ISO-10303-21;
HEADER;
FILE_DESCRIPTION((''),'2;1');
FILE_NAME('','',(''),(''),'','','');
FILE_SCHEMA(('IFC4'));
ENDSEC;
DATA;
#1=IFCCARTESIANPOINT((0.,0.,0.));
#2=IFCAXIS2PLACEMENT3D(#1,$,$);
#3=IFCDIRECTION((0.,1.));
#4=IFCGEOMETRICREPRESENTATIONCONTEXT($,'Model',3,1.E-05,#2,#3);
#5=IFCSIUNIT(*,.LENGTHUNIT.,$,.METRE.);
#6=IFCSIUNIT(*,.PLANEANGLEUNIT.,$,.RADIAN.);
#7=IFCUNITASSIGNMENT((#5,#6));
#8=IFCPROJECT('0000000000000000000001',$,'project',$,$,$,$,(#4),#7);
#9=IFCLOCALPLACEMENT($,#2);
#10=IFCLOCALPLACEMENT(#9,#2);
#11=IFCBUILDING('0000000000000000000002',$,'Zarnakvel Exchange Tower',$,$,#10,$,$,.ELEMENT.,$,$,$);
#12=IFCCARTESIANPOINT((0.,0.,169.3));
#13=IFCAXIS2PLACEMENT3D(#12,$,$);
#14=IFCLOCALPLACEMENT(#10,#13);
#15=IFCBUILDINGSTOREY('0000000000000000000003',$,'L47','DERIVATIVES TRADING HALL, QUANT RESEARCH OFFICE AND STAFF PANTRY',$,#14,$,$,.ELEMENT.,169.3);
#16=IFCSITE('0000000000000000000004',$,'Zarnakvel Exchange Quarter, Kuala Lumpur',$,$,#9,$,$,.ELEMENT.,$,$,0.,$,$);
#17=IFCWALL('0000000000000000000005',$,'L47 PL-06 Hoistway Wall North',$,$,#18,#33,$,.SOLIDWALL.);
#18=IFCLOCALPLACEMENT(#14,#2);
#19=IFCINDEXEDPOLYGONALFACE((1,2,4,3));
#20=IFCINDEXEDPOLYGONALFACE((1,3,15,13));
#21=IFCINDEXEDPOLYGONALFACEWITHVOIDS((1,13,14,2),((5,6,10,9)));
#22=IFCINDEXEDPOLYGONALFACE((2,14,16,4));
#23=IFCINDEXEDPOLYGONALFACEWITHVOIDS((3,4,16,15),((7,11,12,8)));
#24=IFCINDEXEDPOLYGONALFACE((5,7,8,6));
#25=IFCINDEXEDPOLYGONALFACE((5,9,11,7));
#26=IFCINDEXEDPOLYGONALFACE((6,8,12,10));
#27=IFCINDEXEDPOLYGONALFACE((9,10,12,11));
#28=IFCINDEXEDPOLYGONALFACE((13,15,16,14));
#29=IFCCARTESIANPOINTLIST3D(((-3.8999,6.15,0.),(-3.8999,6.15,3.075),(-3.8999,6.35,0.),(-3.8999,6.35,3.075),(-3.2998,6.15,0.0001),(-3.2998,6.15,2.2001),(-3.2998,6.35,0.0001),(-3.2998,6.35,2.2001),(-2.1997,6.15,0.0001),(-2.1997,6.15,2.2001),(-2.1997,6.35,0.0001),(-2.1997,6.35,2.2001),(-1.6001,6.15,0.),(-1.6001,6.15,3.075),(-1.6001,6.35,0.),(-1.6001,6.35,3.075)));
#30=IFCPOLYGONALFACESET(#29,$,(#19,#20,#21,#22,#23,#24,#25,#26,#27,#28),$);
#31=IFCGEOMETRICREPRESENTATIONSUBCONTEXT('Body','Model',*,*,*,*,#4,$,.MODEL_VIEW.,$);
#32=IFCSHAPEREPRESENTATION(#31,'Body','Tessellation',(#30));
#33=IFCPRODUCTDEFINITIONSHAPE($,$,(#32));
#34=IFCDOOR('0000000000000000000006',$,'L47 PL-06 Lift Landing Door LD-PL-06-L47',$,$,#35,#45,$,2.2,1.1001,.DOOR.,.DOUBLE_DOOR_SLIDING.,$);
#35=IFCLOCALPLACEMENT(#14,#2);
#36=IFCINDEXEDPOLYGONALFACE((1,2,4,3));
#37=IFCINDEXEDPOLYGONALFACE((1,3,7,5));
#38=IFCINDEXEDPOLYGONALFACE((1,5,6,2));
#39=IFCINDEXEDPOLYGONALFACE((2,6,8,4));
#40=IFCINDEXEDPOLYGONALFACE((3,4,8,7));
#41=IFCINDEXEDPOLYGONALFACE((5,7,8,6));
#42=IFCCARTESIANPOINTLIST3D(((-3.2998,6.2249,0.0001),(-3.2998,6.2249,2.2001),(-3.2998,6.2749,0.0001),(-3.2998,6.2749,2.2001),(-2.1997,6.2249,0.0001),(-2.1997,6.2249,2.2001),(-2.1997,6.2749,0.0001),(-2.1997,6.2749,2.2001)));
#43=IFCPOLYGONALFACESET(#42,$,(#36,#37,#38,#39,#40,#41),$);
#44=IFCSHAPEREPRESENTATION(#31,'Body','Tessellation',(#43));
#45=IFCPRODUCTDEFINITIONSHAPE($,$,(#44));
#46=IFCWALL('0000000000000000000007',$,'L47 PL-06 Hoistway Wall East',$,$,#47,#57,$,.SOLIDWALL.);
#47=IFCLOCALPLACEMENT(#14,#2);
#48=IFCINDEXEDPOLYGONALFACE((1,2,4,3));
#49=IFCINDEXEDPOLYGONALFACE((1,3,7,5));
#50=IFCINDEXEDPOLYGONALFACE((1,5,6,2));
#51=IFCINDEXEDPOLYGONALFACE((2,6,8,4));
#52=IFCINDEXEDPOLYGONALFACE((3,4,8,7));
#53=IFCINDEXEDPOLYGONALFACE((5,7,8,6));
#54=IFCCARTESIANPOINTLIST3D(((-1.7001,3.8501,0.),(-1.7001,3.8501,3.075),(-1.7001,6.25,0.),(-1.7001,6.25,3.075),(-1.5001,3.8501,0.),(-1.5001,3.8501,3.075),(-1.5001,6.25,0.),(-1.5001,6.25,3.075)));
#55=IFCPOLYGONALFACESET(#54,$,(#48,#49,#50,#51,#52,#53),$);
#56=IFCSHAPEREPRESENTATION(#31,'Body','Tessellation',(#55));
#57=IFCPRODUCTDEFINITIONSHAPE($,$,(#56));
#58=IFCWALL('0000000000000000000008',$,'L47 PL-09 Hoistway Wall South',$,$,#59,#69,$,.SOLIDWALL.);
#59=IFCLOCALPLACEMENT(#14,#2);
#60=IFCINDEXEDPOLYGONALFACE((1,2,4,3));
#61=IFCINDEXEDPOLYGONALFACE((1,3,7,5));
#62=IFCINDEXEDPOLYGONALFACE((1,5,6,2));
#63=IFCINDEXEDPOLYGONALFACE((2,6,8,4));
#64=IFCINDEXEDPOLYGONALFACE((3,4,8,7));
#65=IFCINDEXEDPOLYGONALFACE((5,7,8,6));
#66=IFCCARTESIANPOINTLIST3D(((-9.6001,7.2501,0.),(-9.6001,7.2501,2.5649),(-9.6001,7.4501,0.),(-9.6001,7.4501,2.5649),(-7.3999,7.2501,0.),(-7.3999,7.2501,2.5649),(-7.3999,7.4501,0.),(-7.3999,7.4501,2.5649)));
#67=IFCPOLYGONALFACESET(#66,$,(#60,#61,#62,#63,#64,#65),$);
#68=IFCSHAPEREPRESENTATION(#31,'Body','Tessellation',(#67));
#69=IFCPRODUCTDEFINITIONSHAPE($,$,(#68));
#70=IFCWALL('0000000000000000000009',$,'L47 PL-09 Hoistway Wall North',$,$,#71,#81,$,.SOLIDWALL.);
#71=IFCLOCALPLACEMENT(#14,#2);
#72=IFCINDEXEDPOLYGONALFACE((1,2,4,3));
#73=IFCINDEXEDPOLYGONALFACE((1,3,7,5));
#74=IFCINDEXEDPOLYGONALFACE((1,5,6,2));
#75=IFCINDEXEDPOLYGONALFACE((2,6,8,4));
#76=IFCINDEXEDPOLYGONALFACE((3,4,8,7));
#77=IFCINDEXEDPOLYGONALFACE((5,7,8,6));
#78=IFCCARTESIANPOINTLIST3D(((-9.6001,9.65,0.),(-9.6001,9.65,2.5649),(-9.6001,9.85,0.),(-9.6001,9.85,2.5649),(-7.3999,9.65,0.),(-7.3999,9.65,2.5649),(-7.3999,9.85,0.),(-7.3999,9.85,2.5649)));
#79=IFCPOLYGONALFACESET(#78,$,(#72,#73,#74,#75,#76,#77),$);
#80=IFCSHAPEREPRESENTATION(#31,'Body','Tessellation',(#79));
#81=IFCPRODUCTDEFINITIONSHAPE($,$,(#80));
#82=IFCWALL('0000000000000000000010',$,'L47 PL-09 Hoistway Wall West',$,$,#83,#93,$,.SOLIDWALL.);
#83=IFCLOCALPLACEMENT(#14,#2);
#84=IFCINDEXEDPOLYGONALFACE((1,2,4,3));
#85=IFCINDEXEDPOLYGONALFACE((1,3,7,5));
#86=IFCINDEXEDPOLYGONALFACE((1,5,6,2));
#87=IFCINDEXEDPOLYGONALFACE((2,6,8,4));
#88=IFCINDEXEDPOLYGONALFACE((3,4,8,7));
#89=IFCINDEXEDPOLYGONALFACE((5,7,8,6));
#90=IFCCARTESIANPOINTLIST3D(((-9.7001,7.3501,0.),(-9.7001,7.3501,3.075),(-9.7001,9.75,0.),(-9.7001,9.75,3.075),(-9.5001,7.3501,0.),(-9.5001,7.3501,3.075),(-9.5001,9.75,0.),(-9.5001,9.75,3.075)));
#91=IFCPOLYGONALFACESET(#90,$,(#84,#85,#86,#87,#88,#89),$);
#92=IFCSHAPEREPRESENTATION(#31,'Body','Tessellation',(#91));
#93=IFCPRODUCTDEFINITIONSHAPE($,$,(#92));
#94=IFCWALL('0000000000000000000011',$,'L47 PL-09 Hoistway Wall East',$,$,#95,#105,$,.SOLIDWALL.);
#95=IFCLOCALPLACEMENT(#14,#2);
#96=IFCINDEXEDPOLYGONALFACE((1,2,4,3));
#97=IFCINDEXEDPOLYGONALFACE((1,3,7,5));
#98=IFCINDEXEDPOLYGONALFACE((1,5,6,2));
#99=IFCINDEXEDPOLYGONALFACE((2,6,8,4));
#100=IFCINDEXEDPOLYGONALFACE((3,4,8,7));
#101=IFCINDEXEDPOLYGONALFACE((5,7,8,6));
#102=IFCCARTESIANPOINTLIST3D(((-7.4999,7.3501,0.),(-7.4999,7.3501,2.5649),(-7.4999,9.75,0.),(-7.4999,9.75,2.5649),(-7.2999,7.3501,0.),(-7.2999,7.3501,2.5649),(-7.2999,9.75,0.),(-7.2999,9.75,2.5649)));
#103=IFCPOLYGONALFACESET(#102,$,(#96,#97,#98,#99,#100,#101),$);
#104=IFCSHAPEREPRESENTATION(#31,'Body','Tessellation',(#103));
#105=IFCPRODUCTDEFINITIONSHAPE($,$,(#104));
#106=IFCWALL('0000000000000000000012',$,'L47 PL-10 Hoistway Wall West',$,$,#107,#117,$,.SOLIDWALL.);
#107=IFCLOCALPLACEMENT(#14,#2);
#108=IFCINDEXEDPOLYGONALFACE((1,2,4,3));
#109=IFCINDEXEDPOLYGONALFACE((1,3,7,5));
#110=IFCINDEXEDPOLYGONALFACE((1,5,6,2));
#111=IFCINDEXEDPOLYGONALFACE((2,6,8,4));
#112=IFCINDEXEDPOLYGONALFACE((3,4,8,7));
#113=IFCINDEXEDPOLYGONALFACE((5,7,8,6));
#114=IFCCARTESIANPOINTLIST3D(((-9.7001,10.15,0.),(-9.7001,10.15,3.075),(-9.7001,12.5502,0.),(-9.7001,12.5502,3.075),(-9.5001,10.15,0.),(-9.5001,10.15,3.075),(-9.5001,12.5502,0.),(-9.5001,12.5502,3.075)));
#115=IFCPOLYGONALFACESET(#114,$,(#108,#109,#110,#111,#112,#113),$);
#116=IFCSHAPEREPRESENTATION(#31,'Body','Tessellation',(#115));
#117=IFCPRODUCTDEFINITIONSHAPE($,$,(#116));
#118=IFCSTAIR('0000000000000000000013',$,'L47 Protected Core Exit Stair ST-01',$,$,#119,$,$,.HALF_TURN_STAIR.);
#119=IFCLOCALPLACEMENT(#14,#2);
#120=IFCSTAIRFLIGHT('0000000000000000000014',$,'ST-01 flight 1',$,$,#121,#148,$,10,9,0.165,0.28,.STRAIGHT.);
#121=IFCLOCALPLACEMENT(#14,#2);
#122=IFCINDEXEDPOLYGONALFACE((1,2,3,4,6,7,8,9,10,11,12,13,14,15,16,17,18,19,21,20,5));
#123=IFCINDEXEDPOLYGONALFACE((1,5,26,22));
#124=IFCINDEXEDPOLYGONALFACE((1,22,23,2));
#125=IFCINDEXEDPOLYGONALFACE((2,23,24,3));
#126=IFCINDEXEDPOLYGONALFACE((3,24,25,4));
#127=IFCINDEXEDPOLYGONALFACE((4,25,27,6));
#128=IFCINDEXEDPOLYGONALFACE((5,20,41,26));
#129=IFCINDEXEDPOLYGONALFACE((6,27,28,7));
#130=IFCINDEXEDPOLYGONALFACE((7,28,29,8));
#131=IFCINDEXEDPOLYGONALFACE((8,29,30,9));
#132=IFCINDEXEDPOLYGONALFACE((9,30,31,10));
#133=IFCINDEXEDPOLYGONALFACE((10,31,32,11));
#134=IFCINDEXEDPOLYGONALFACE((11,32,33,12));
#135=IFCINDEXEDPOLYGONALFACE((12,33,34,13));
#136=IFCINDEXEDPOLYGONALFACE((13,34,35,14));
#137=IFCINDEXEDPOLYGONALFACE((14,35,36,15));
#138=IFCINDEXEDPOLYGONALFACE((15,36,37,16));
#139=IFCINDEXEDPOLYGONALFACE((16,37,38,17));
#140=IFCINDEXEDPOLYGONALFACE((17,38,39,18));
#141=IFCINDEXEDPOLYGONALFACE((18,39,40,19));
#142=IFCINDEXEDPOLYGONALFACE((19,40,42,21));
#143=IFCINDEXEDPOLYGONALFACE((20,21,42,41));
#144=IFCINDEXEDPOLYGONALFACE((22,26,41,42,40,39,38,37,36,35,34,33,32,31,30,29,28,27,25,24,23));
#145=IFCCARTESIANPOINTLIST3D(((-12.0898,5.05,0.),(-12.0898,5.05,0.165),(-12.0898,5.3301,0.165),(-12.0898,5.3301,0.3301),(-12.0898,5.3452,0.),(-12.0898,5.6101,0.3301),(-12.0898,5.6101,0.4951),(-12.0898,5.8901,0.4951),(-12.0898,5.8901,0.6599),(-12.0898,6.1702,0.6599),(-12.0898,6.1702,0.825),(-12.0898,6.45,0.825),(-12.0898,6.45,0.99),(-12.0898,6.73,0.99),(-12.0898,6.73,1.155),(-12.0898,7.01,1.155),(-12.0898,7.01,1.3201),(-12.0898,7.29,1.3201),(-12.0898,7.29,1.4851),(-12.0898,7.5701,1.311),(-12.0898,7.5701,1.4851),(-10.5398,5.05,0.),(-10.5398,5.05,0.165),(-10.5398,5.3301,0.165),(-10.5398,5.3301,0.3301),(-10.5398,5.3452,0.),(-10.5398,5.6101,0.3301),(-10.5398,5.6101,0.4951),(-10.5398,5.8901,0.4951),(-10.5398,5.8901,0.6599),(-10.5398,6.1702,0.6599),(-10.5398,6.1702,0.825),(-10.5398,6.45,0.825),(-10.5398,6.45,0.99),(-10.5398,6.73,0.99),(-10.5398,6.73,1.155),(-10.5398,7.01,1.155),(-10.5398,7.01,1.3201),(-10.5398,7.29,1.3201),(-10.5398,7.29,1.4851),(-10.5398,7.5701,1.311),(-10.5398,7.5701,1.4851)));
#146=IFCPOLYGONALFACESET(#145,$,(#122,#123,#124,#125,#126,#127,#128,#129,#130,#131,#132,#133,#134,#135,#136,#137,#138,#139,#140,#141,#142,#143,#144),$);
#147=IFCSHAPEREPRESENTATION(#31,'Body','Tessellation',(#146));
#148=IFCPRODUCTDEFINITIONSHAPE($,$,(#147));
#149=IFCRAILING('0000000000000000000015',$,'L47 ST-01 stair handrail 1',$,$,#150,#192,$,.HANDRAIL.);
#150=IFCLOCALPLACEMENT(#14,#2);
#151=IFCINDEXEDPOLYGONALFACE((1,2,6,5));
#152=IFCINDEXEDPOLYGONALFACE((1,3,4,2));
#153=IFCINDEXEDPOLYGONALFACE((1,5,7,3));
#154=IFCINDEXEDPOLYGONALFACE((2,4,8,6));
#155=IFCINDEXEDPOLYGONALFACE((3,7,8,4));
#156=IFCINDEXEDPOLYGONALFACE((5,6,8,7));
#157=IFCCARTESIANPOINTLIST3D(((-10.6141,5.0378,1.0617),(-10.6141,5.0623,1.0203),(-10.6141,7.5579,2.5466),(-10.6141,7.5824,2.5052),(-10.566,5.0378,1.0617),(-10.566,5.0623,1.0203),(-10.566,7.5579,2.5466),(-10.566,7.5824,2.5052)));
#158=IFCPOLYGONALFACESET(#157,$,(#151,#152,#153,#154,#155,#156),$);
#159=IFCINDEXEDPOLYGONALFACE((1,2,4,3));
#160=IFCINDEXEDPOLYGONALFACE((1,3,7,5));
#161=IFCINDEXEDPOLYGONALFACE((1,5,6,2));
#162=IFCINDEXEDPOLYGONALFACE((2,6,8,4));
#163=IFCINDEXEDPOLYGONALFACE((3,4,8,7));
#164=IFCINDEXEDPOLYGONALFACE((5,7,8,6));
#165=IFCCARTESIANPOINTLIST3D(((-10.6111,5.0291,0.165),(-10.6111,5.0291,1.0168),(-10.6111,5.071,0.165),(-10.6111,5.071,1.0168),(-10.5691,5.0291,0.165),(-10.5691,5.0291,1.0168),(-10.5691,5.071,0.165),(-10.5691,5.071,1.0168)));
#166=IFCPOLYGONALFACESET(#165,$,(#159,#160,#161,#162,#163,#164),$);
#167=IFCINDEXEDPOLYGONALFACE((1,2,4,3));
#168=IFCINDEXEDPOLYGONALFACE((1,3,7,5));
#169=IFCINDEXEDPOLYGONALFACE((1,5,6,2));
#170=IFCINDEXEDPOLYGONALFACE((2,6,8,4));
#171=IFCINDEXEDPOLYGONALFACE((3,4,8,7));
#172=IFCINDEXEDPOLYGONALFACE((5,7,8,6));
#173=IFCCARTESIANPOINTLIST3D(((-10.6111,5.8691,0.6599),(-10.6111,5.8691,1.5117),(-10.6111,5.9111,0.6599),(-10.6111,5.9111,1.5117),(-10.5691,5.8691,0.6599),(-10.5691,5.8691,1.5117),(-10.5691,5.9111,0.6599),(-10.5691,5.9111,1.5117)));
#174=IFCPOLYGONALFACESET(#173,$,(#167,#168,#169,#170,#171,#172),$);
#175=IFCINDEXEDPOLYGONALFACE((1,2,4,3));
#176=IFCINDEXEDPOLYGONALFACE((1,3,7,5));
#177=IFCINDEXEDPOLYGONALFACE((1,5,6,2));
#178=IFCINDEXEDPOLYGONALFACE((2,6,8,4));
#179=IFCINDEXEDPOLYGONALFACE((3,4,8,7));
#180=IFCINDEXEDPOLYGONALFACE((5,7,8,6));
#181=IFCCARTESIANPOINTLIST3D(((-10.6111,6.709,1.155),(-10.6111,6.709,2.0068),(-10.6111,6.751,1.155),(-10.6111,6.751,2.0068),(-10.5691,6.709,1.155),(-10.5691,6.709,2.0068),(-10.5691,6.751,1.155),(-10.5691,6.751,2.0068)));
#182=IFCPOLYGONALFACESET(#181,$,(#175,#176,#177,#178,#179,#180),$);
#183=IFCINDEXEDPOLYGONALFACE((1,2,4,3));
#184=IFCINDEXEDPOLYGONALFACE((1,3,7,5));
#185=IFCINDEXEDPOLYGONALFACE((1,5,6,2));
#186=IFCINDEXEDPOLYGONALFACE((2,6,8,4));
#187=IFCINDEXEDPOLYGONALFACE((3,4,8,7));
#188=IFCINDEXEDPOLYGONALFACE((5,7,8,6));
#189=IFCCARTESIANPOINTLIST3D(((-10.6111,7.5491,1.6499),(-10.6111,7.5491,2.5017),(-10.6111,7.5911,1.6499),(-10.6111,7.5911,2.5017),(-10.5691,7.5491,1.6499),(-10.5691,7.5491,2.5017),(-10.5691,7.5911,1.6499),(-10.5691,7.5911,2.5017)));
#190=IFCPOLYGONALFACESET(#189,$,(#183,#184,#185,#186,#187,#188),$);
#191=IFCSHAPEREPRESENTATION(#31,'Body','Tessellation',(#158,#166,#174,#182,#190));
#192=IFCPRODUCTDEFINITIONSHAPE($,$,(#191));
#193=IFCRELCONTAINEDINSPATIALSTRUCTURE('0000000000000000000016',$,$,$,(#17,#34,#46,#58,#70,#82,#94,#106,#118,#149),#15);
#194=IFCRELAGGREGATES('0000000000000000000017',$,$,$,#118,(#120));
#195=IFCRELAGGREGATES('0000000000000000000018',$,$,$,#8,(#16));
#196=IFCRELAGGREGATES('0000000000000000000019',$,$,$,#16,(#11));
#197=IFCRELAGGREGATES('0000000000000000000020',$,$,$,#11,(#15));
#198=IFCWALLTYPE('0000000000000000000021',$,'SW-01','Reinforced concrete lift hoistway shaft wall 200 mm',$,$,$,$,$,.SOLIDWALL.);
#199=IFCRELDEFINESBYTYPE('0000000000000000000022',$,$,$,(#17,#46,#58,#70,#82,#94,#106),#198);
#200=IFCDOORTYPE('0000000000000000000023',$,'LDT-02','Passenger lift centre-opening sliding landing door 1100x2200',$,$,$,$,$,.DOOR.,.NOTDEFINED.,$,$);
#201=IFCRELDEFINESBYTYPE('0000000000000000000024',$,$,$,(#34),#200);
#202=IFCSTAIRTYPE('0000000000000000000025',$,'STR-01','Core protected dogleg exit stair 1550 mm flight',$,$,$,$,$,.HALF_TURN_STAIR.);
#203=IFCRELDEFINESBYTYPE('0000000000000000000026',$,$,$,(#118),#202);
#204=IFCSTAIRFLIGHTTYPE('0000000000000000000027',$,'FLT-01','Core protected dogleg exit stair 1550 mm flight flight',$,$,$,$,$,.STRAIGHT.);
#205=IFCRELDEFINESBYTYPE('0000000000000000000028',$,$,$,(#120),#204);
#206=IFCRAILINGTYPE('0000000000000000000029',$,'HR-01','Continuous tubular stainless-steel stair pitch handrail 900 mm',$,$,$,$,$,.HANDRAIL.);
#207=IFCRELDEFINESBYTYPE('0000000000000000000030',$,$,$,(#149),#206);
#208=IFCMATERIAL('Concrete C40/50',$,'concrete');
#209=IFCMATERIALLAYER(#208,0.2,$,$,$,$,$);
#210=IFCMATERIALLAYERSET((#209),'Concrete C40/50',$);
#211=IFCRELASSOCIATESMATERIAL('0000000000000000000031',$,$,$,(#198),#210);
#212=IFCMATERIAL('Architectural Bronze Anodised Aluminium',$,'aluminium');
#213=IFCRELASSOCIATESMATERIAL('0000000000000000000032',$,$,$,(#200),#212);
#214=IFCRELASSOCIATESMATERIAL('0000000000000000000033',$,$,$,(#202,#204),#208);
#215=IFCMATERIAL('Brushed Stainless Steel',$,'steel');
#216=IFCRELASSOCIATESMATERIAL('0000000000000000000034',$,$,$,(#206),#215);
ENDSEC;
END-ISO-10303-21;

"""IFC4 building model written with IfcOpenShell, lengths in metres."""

from ifc_helpers import new_model, si_unit, direction, frame, frame_2d, origin, origin_2d, place, context, subcontext, project, spatial, polyline, rectangle, outline, extrude, source, transform, mapped, material, layer, layer_set, type_object, element, fill, aggregate, save


model = new_model("IFC4")

# Units and contexts
model_context = context("Model", 3, precision=1e-05, world=origin(), true_north=direction((0.0, 1.0)))
body_context = subcontext(model_context, "Body", "Model", "MODEL_VIEW")
ifc_project = project(units=[si_unit("LENGTHUNIT", "METRE"), si_unit("PLANEANGLEUNIT", "RADIAN")], contexts=[model_context])

# Site, building, storey
site_placement = place(None, origin())
site = spatial("IfcSite", under=ifc_project, at=site_placement, Name="Zarnakvel Exchange Quarter, Kuala Lumpur", CompositionType="ELEMENT", RefElevation=0.0)
building_placement = place(site_placement, origin())
building = spatial("IfcBuilding", under=site, at=building_placement, Name="Zarnakvel Exchange Tower", CompositionType="ELEMENT")
storey_placement = place(building_placement, frame((0.0, 0.0, 169.3)))
storey = spatial("IfcBuildingStorey", under=building, at=storey_placement, Name="L47", Description="DERIVATIVES TRADING HALL, QUANT RESEARCH OFFICE AND STAFF PANTRY", CompositionType="ELEMENT", Elevation=169.3)

# Shared definitions
ifc_material_1 = material(Name="Concrete C40/50", Category="concrete")
ifc_layer_1 = layer(ifc_material_1, 0.2)
ifc_layer_set_1 = layer_set([ifc_layer_1], Name="Concrete C40/50")
wall_type_1 = type_object("IfcWallType", Name="SW-01", Description="Reinforced concrete lift hoistway shaft wall 200 mm", PredefinedType="SOLIDWALL", material=ifc_layer_set_1)
ifc_material_2 = material(Name="Brushed Stainless Steel", Category="steel")
shared_shape = source(origin(), body_context, "Body", "SweptSolid", [
    extrude(rectangle(XDim=1.1001, YDim=2.2, at=frame_2d((0.55, 1.1001))), frame((0.0, 0.0249, 0.0), z_axis=(0.0, -1.0, 0.0), x_axis=(1.0, 0.0, 0.0)), (0.0, 0.0, 1.0), 0.05),
])

# Shared definitions
ifc_material_3 = material(Name="Architectural Bronze Anodised Aluminium", Category="aluminium")
door_type_1 = type_object("IfcDoorType", Name="LDT-02", Description="Passenger lift centre-opening sliding landing door 1100x2200", OperationType="NOTDEFINED", PredefinedType="DOOR", material=ifc_material_3)

# Wall, opening, door
wall_1_placement = place(storey_placement, frame((-3.8999, 6.25, 0.0), z_axis=(0.0, 0.0, 1.0), x_axis=(1.0, 0.0, 0.0)))
wall_1 = element("IfcWall", 1, at=wall_1_placement, inside=storey, type_object=wall_type_1, Name="L47 PL-06 Hoistway Wall North", PredefinedType="SOLIDWALL", context=body_context, shape_type="SweptSolid", body=[
    extrude(rectangle(XDim=2.2998, YDim=0.2, at=frame_2d((1.1499, 0.0))), origin(), (0.0, 0.0, 1.0), 3.075),
])
opening_1_placement = place(wall_1_placement, frame((0.6001, 0.0, 0.0)))
opening_1 = element("IfcOpeningElement", 2, at=opening_1_placement, cuts=wall_1, PredefinedType="OPENING", context=body_context, shape_type="SweptSolid", body=[
    extrude(rectangle(XDim=1.1001, YDim=2.2, at=frame_2d((0.55, 1.1001))), frame((0.0, 0.1099, 0.0), z_axis=(0.0, -1.0, 0.0), x_axis=(1.0, 0.0, 0.0)), (0.0, 0.0, 1.0), 0.22),
])
door_1_placement = place(opening_1_placement, origin())
door_1 = element("IfcDoor", 3, at=door_1_placement, inside=storey, type_object=door_type_1, Name="L47 PL-06 Lift Landing Door LD-PL-06-L47", OperationType="DOUBLE_DOOR_SLIDING", OverallHeight=2.2, OverallWidth=1.1001, PredefinedType="DOOR", context=body_context, shape_type="MappedRepresentation", body=[
    mapped(shared_shape, transform((0.0, 0.0, 0.0), x_axis=(1.0, 0.0, 0.0), y_axis=(0.0, 1.0, 0.0), z_axis=(0.0, 0.0, 1.0), scale=1.0)),
])
fill(opening_1, door_1)

# Walls
wall_2_placement = place(storey_placement, frame((-1.6001, 6.25, 0.0), z_axis=(0.0, 0.0, 1.0), x_axis=(0.0, -1.0, 0.0)))
element("IfcWall", 4, at=wall_2_placement, inside=storey, type_object=wall_type_1, Name="L47 PL-06 Hoistway Wall East", PredefinedType="SOLIDWALL", context=body_context, shape_type="SweptSolid", body=[
    extrude(rectangle(XDim=2.3999, YDim=0.2, at=frame_2d((1.2, 0.0))), origin(), (0.0, 0.0, 1.0), 3.075),
])
for number, where, z_axis, x_axis, name in (
    (5, (-7.3999, 7.3501, 0.0), (0.0, 0.0, 1.0), (-1.0, 0.0, 0.0), "L47 PL-09 Hoistway Wall South"),
    (6, (-9.6001, 9.75, 0.0), (0.0, 0.0, 1.0), (1.0, 0.0, 0.0), "L47 PL-09 Hoistway Wall North"),
):
    element("IfcWall", number, at=place(storey_placement, frame(where, z_axis=z_axis, x_axis=x_axis)), inside=storey, type_object=wall_type_1, Name=name, PredefinedType="SOLIDWALL", context=body_context, shape_type="SweptSolid", body=[
        extrude(rectangle(XDim=2.2002, YDim=0.2, at=frame_2d((1.1001, 0.0))), origin(), (0.0, 0.0, 1.0), 2.5649),
    ])
wall_3_placement = place(storey_placement, frame((-9.6001, 7.3501, 0.0), z_axis=(0.0, 0.0, 1.0), x_axis=(0.0, 1.0, 0.0)))
element("IfcWall", 7, at=wall_3_placement, inside=storey, type_object=wall_type_1, Name="L47 PL-09 Hoistway Wall West", PredefinedType="SOLIDWALL", context=body_context, shape_type="SweptSolid", body=[
    extrude(rectangle(XDim=2.3999, YDim=0.2, at=frame_2d((1.2, 0.0))), origin(), (0.0, 0.0, 1.0), 3.075),
])
wall_4_placement = place(storey_placement, frame((-7.3999, 9.75, 0.0), z_axis=(0.0, 0.0, 1.0), x_axis=(0.0, -1.0, 0.0)))
element("IfcWall", 8, at=wall_4_placement, inside=storey, type_object=wall_type_1, Name="L47 PL-09 Hoistway Wall East", PredefinedType="SOLIDWALL", context=body_context, shape_type="SweptSolid", body=[
    extrude(rectangle(XDim=2.3999, YDim=0.2, at=frame_2d((1.2, 0.0))), origin(), (0.0, 0.0, 1.0), 2.5649),
])
wall_5_placement = place(storey_placement, frame((-9.6001, 10.1499, 0.0), z_axis=(0.0, 0.0, 1.0), x_axis=(0.0, 1.0, 0.0)))
element("IfcWall", 9, at=wall_5_placement, inside=storey, type_object=wall_type_1, Name="L47 PL-10 Hoistway Wall West", PredefinedType="SOLIDWALL", context=body_context, shape_type="SweptSolid", body=[
    extrude(rectangle(XDim=2.4001, YDim=0.2, at=frame_2d((1.2002, 0.0))), origin(), (0.0, 0.0, 1.0), 3.075),
])

# Stair, stair flight
stair_type = type_object("IfcStairType", Name="STR-01", Description="Core protected dogleg exit stair 1550 mm flight", PredefinedType="HALF_TURN_STAIR", material=ifc_material_1)
stair_placement = place(storey_placement, origin())
stair = element("IfcStair", 10, at=stair_placement, inside=storey, type_object=stair_type, Name="L47 Protected Core Exit Stair ST-01", PredefinedType="HALF_TURN_STAIR")
stair_flight_type = type_object("IfcStairFlightType", Name="FLT-01", Description="Core protected dogleg exit stair 1550 mm flight flight", PredefinedType="STRAIGHT", material=ifc_material_1)
stair_flight_placement = place(storey_placement, frame((-11.3149, 5.05, 0.0), z_axis=(0.0, 0.0, 1.0), x_axis=(0.0, 1.0, 0.0)))
stair_flight = element("IfcStairFlight", 11, at=stair_flight_placement, type_object=stair_flight_type, Name="ST-01 flight 1", NumberOfRisers=10, NumberOfTreads=9, PredefinedType="STRAIGHT", RiserHeight=0.165, TreadLength=0.28, context=body_context, shape_type="SweptSolid", body=[
    extrude(outline(polyline([(0.0, 0.0), (0.0, 0.165), (0.28, 0.165), (0.28, 0.3301), (0.5601, 0.3301), (0.5601, 0.4951), (0.8401, 0.4951), (0.8401, 0.6599), (1.1201, 0.6599), (1.1201, 0.825), (1.3999, 0.825), (1.3999, 0.99), (1.6799, 0.99), (1.6799, 1.155), (1.96, 1.155), (1.96, 1.3201), (2.24, 1.3201), (2.24, 1.4851), (2.52, 1.4851), (2.52, 1.6499), (2.52, 1.311), (0.2952, 0.0), (0.0, 0.0)])), frame((0.0, 0.7749, 0.0), z_axis=(0.0, -1.0, 0.0), x_axis=(1.0, 0.0, 0.0)), (0.0, 0.0, 1.0), 1.55),
])
aggregate(stair, [stair_flight])

# Railing
railing_type_1 = type_object("IfcRailingType", Name="HR-01", Description="Continuous tubular stainless-steel stair pitch handrail 900 mm", PredefinedType="HANDRAIL", material=ifc_material_2)
railing_1_placement = place(storey_placement, frame((-10.5901, 5.05, 0.165)))
element("IfcRailing", 12, at=railing_1_placement, inside=storey, type_object=railing_type_1, Name="L47 ST-01 stair handrail 1", PredefinedType="HANDRAIL", context=body_context, shape_type="SweptSolid", body=[
    extrude(rectangle(XDim=0.0481, YDim=0.0481, at=origin_2d()), frame((0.0, 0.0, 0.876), z_axis=(0.0, 0.861561, 0.507655), x_axis=(-1.0, 0.0, 0.0)), (0.0, 0.0, 1.0), 2.925),
    extrude(rectangle(XDim=0.042, YDim=0.042, at=origin_2d()), origin(), (0.0, 0.0, 1.0), 0.8518),
    extrude(rectangle(XDim=0.042, YDim=0.042, at=origin_2d()), frame((0.0, 0.8401, 0.4949)), (0.0, 0.0, 1.0), 0.8518),
    extrude(rectangle(XDim=0.042, YDim=0.042, at=origin_2d()), frame((0.0, 1.6799, 0.99)), (0.0, 0.0, 1.0), 0.8518),
    extrude(rectangle(XDim=0.042, YDim=0.042, at=origin_2d()), frame((0.0, 2.52, 1.4849)), (0.0, 0.0, 1.0), 0.8518),
])

save(model, "model.ifc")
